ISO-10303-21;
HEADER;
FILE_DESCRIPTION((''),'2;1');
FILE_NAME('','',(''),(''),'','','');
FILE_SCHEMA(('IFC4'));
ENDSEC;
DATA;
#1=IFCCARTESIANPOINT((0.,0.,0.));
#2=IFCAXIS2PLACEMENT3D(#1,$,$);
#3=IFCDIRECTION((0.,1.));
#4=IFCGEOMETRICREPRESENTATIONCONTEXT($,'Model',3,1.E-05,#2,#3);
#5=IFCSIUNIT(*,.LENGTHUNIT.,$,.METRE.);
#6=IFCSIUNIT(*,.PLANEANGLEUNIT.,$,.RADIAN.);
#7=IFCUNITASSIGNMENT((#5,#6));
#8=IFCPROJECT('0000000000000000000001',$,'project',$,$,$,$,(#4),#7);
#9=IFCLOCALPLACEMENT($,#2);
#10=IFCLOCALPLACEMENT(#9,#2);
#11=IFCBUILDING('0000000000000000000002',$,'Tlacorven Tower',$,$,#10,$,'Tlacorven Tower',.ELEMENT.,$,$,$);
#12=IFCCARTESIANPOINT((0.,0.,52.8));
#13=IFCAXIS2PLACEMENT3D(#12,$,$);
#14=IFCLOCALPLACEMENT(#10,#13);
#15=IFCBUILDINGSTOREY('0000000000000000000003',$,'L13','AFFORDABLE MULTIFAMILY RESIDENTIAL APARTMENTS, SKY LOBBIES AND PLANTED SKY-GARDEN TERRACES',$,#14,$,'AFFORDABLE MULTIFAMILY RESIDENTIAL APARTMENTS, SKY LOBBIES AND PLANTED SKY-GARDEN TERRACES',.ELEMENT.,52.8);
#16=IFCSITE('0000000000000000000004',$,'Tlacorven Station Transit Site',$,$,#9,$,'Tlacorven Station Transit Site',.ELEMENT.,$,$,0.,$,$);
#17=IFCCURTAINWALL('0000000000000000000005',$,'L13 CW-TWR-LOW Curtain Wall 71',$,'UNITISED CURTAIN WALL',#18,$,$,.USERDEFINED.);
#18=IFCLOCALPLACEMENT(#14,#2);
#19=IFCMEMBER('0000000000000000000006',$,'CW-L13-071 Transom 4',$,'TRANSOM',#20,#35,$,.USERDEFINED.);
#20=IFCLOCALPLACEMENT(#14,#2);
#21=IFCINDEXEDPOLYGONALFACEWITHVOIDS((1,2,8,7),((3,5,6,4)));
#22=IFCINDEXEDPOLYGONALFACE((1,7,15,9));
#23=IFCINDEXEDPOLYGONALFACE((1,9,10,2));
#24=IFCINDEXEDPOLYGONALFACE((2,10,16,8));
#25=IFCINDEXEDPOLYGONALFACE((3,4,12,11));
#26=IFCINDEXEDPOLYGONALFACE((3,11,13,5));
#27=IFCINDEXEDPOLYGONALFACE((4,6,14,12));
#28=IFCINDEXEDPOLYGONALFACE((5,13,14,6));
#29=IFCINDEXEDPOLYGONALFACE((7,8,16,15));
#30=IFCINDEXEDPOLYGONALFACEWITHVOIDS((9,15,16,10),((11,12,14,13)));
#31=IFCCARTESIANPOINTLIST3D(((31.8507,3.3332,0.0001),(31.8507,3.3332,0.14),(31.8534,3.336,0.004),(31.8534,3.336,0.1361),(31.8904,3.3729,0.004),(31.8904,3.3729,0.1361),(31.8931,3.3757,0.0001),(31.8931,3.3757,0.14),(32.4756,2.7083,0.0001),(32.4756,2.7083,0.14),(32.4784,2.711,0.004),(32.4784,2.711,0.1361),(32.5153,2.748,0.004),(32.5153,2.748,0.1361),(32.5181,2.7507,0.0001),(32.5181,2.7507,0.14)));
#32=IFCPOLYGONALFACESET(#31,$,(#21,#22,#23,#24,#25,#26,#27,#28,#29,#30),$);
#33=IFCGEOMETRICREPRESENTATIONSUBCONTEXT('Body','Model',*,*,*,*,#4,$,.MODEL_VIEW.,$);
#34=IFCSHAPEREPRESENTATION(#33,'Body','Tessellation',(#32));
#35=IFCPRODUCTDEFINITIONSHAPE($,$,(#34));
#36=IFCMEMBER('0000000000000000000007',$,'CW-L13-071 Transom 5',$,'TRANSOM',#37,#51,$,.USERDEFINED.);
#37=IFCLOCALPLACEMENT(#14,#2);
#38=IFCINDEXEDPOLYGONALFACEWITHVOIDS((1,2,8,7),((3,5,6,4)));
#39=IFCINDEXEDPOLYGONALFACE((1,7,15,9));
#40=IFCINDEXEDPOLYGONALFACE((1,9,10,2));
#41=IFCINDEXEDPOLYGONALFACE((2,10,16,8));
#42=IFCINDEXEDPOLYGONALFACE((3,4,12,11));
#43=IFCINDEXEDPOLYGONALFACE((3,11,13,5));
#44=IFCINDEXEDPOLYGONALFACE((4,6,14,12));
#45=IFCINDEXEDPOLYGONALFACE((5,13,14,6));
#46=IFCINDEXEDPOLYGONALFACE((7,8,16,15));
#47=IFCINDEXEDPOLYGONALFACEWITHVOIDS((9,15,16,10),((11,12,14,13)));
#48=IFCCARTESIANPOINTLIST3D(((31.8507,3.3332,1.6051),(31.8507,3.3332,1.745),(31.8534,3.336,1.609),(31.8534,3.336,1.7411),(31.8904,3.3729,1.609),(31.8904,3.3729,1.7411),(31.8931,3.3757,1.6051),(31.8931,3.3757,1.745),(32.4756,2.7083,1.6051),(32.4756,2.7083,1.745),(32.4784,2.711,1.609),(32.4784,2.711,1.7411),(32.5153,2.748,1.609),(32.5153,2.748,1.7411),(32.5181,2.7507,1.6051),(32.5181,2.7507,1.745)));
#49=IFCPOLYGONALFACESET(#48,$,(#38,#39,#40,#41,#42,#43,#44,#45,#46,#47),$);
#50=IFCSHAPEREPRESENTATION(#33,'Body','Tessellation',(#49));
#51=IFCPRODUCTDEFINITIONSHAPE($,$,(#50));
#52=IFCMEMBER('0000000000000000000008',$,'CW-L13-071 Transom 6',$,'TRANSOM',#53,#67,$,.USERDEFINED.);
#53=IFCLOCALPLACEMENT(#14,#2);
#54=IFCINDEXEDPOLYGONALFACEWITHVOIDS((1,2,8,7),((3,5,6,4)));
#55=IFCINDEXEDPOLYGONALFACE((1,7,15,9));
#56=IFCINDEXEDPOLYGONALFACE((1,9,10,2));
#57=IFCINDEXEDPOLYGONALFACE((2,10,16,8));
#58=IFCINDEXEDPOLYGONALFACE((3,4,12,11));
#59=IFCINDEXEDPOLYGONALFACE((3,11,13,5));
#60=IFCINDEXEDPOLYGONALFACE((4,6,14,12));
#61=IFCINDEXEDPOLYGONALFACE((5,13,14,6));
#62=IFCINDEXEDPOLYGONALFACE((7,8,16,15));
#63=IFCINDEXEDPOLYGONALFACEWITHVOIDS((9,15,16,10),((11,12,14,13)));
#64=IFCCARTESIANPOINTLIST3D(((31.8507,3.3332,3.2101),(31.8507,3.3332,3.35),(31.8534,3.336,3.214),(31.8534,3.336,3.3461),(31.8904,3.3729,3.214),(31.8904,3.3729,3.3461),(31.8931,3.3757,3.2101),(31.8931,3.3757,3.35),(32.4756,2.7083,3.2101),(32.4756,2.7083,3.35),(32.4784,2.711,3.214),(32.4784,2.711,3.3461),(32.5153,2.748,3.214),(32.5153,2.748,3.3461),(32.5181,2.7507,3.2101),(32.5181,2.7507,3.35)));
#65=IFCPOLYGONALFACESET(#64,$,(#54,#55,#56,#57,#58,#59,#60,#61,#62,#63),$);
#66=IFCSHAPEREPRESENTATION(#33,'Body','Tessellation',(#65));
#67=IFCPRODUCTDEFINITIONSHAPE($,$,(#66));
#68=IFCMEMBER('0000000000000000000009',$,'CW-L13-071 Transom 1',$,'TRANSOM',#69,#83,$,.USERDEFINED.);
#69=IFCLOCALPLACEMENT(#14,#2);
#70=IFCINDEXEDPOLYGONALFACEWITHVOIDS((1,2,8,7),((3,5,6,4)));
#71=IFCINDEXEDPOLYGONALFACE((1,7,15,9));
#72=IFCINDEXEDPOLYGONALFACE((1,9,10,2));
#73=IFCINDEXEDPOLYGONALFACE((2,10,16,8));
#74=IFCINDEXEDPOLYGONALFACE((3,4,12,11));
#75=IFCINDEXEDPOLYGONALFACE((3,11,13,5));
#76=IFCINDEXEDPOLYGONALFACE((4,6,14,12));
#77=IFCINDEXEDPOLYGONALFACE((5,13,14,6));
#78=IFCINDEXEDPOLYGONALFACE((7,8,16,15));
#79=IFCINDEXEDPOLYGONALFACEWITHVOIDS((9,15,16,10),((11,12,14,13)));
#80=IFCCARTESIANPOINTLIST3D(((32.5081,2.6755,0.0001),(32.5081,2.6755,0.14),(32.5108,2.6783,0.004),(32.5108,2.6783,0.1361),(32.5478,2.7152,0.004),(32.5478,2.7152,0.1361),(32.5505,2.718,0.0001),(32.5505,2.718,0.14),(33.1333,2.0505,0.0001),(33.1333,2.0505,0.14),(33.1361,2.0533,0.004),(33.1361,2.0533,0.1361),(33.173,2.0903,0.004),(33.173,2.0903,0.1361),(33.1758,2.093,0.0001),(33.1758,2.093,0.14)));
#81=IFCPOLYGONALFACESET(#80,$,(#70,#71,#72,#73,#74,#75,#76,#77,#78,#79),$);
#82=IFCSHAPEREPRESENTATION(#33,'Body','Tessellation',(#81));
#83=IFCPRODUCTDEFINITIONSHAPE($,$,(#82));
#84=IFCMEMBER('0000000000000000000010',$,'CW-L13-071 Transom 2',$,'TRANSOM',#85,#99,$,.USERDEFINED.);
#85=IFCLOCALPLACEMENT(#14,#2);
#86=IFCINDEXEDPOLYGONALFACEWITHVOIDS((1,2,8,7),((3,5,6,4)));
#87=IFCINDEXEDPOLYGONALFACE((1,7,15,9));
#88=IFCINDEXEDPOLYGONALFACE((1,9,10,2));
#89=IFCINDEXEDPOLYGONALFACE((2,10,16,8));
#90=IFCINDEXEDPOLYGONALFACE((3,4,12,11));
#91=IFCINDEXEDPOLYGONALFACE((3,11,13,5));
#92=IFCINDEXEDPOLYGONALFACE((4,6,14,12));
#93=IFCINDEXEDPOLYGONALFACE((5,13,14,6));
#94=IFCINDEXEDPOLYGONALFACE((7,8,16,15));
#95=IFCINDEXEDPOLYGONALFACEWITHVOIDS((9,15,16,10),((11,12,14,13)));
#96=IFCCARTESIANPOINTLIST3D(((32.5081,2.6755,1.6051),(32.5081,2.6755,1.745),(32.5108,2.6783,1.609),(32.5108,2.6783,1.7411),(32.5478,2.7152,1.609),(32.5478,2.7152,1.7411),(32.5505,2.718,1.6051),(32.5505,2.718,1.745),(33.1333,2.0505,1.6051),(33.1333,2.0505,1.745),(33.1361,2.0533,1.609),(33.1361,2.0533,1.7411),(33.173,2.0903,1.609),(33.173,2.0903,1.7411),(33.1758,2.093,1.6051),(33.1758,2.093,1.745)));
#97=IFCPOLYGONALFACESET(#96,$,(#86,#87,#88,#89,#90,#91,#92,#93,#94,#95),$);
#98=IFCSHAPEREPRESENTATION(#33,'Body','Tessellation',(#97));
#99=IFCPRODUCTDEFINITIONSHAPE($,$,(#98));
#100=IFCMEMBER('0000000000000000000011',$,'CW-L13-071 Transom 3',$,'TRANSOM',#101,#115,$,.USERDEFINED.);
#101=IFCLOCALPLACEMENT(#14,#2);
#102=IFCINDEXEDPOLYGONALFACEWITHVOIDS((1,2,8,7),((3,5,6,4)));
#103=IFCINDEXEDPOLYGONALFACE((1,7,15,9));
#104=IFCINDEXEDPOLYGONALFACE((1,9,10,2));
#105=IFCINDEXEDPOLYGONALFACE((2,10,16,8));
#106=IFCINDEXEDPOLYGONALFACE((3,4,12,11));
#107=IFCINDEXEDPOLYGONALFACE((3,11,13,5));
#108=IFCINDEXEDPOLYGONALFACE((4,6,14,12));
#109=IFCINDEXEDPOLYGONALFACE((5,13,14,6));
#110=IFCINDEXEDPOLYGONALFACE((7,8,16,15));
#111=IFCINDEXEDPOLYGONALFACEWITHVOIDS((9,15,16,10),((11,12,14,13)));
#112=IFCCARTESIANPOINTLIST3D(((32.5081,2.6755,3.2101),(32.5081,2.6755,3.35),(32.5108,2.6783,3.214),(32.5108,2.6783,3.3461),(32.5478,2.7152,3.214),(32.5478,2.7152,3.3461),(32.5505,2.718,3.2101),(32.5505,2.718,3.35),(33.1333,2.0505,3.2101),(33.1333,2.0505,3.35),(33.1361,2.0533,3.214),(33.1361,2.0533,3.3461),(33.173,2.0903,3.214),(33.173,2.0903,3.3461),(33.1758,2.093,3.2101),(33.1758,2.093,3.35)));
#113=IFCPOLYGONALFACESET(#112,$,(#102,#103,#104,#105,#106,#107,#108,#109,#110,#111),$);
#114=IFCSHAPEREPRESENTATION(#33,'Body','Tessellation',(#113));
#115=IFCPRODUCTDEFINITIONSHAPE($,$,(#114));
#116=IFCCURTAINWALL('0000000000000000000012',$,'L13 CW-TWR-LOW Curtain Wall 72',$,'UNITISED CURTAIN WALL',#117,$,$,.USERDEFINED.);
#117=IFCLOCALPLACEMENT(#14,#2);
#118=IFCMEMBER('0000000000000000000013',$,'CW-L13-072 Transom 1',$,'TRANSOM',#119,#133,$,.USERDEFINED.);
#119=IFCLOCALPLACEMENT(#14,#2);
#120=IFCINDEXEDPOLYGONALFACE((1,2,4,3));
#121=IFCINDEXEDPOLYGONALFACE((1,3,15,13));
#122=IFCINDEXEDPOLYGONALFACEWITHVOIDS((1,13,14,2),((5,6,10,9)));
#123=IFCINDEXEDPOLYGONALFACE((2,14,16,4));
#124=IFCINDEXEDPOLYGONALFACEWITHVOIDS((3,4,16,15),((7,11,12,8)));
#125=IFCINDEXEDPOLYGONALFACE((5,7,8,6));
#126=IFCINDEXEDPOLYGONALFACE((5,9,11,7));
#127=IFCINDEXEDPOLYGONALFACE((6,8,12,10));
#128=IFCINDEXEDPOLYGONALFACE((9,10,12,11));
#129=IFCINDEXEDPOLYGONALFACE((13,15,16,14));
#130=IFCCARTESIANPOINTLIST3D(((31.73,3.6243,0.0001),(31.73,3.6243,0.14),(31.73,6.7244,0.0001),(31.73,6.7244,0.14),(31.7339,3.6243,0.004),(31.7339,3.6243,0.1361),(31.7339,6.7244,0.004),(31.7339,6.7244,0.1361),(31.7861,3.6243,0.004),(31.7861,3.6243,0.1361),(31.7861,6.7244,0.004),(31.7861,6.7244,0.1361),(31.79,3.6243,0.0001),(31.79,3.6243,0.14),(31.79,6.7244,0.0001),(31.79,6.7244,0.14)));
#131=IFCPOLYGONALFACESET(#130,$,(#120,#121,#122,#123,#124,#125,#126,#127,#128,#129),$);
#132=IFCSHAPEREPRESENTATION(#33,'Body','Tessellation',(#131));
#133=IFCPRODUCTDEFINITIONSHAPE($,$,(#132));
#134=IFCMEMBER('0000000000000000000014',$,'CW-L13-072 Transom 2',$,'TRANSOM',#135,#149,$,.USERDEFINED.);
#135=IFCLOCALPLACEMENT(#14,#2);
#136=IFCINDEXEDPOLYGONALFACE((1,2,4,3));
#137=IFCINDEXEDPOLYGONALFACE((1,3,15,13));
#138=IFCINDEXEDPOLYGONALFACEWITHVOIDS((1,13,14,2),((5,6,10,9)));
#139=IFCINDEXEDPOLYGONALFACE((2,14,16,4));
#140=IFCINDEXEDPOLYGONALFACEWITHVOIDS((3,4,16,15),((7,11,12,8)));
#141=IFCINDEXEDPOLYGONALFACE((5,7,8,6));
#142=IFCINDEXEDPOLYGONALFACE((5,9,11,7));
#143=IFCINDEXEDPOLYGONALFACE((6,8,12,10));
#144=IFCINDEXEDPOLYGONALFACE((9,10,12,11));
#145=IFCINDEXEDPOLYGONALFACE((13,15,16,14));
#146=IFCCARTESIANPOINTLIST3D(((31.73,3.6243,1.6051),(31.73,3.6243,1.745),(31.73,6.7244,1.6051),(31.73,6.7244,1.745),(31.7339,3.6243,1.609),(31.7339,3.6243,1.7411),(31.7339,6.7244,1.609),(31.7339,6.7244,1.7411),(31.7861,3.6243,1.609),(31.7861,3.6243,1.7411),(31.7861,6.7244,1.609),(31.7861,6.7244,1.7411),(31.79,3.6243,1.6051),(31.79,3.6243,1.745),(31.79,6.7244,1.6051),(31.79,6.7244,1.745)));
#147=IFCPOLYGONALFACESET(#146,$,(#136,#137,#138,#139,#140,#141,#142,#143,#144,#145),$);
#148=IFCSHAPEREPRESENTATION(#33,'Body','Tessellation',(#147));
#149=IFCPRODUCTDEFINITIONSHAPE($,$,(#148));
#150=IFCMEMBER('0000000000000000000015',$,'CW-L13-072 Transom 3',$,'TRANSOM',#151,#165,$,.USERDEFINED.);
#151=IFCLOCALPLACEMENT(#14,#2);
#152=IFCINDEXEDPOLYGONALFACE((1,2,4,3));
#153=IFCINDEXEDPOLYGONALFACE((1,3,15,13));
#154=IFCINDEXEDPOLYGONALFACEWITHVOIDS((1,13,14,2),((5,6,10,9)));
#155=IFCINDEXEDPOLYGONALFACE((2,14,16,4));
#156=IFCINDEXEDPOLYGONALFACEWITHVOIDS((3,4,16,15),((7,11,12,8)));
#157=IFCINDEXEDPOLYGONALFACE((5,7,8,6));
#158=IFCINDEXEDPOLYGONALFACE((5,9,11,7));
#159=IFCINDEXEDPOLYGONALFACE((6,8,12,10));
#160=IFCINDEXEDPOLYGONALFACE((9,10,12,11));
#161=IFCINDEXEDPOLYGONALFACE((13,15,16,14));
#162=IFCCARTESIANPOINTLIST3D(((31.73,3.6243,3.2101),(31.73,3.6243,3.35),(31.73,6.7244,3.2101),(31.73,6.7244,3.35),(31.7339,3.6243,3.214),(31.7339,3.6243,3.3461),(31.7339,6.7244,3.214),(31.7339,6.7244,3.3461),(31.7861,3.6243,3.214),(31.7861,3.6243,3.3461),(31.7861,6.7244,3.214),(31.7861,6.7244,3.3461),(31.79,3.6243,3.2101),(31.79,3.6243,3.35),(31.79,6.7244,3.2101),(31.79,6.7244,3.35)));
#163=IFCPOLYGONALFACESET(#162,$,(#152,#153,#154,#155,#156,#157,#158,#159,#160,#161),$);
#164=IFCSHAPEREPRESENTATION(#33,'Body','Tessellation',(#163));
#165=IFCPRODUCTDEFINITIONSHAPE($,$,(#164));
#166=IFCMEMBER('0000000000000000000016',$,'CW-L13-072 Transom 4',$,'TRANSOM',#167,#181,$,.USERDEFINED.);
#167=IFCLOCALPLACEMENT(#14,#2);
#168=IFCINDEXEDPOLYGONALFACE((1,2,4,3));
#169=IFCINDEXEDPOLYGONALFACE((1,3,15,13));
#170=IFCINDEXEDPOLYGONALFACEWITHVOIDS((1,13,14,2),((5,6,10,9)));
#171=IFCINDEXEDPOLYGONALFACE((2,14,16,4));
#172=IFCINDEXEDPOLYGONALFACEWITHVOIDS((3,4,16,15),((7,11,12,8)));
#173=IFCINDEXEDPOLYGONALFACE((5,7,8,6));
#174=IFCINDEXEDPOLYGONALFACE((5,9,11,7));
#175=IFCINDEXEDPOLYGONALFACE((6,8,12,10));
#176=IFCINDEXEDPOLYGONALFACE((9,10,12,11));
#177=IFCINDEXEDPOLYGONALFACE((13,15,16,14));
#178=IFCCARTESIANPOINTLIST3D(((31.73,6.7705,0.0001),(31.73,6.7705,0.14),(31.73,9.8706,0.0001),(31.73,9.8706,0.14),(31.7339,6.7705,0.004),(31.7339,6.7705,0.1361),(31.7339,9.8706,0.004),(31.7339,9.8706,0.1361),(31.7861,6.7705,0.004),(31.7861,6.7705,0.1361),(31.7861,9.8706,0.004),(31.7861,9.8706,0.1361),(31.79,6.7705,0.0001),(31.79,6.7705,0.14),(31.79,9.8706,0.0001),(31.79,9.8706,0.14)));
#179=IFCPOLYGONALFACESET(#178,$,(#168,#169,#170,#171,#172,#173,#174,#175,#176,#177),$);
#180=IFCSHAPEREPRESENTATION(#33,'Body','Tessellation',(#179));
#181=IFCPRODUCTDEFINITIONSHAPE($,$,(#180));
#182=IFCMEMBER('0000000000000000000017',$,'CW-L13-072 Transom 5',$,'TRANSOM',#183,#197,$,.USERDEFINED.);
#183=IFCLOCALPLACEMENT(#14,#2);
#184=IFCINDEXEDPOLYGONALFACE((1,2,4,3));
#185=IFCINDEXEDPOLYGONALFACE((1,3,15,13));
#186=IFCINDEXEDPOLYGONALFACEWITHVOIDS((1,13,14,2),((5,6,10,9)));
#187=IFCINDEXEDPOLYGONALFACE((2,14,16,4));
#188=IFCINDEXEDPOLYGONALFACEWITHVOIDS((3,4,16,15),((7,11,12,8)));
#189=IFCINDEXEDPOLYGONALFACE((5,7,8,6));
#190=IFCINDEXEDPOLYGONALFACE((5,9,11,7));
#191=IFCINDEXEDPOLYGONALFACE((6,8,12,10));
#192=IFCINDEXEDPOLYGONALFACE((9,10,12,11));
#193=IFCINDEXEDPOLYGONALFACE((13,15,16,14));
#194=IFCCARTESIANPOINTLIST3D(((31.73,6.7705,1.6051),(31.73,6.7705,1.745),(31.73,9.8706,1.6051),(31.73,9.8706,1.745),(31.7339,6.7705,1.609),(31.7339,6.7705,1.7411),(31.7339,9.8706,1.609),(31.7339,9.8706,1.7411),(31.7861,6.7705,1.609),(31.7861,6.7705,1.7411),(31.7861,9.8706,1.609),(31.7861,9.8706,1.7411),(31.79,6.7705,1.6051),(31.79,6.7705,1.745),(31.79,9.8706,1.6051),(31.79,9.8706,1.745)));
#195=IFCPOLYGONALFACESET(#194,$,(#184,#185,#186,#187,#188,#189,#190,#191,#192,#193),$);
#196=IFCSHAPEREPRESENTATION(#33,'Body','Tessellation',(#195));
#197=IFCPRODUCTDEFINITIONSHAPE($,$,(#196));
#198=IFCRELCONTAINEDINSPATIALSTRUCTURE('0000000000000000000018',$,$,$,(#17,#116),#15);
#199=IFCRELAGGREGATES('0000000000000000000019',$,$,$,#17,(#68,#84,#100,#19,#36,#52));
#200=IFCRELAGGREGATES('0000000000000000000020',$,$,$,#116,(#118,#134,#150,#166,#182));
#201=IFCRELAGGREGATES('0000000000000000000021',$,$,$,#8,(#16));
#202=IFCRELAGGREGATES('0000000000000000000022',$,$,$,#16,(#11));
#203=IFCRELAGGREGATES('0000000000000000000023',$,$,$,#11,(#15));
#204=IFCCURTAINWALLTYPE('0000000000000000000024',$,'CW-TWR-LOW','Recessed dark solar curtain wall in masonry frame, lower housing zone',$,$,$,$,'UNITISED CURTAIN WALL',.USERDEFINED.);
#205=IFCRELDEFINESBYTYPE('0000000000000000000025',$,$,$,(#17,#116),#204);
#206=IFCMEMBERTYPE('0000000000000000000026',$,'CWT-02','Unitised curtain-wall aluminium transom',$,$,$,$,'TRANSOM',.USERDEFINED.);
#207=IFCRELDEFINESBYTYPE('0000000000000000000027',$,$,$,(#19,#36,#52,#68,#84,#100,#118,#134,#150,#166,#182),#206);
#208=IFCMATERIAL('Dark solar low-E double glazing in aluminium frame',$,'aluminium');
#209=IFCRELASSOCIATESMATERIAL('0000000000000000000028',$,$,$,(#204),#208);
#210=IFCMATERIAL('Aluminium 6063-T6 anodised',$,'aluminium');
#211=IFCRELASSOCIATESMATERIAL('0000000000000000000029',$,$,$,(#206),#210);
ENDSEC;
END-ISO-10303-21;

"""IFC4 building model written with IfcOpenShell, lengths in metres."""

from ifc_helpers import new_model, si_unit, direction, frame, origin, origin_2d, place, context, subcontext, project, spatial, hollow_rectangle, extrude, source, transform, mapped, material, material_profile, profile_set, type_object, element, aggregate, save


model = new_model("IFC4")

# Units and contexts
model_context = context("Model", 3, precision=1e-05, world=origin(), true_north=direction((0.0, 1.0)))
body_context = subcontext(model_context, "Body", "Model", "MODEL_VIEW")
ifc_project = project(units=[si_unit("LENGTHUNIT", "METRE"), si_unit("PLANEANGLEUNIT", "RADIAN")], contexts=[model_context])

# Site, building, storey
site_placement = place(None, origin())
site = spatial("IfcSite", under=ifc_project, at=site_placement, Name="Tlacorven Station Transit Site", LongName="Tlacorven Station Transit Site", CompositionType="ELEMENT", RefElevation=0.0)
building_placement = place(site_placement, origin())
building = spatial("IfcBuilding", under=site, at=building_placement, Name="Tlacorven Tower", LongName="Tlacorven Tower", CompositionType="ELEMENT")
storey_placement = place(building_placement, frame((0.0, 0.0, 52.8)))
storey = spatial("IfcBuildingStorey", under=building, at=storey_placement, Name="L13", Description="AFFORDABLE MULTIFAMILY RESIDENTIAL APARTMENTS, SKY LOBBIES AND PLANTED SKY-GARDEN TERRACES", LongName="AFFORDABLE MULTIFAMILY RESIDENTIAL APARTMENTS, SKY LOBBIES AND PLANTED SKY-GARDEN TERRACES", CompositionType="ELEMENT", Elevation=52.8)

# Curtain walls, members
ifc_material_1 = material(Name="Dark solar low-E double glazing in aluminium frame", Category="aluminium")
curtain_wall_type = type_object("IfcCurtainWallType", Name="CW-TWR-LOW", Description="Recessed dark solar curtain wall in masonry frame, lower housing zone", ElementType="UNITISED CURTAIN WALL", PredefinedType="USERDEFINED", material=ifc_material_1)
curtain_wall_1_placement = place(storey_placement, origin())
curtain_wall_1 = element("IfcCurtainWall", 1, at=curtain_wall_1_placement, inside=storey, type_object=curtain_wall_type, Name="L13 CW-TWR-LOW Curtain Wall 71", ObjectType="UNITISED CURTAIN WALL", PredefinedType="USERDEFINED")
ifc_material_2 = material(Name="Aluminium 6063-T6 anodised", Category="aluminium")
ifc_material_profile_1 = material_profile(ifc_material_2, hollow_rectangle(XDim=0.0601, YDim=0.1399, WallThickness=0.0039, at=origin_2d()), Name="ALU TRANSOM 60X140")
ifc_profile_set_1 = profile_set([ifc_material_profile_1], Name="Aluminium 6063-T6 anodised")
member_type_1 = type_object("IfcMemberType", Name="CWT-02", Description="Unitised curtain-wall aluminium transom", ElementType="TRANSOM", PredefinedType="USERDEFINED", material=ifc_profile_set_1)
shared_shape_1 = source(origin(), body_context, "Body", "SweptSolid", [
    extrude(hollow_rectangle(XDim=0.0601, YDim=0.1399, WallThickness=0.0039, at=origin_2d()), origin(), (0.0, 0.0, 1.0), 0.8838),
])
member_1_placement = place(storey_placement, frame((32.4968, 2.7295, 0.0701), z_axis=(-0.707107, 0.707107, 0.0), x_axis=(-0.707107, -0.707107, 0.0)))
member_1 = element("IfcMember", 2, at=member_1_placement, type_object=member_type_1, Name="CW-L13-071 Transom 4", ObjectType="TRANSOM", PredefinedType="USERDEFINED", context=body_context, shape_type="MappedRepresentation", body=[
    mapped(shared_shape_1, transform((0.0, 0.0, 0.0), scale=1.0)),
])
member_2_placement = place(storey_placement, frame((32.4968, 2.7295, 1.675), z_axis=(-0.707107, 0.707107, 0.0), x_axis=(-0.707107, -0.707107, 0.0)))
member_2 = element("IfcMember", 3, at=member_2_placement, type_object=member_type_1, Name="CW-L13-071 Transom 5", ObjectType="TRANSOM", PredefinedType="USERDEFINED", context=body_context, shape_type="MappedRepresentation", body=[
    mapped(shared_shape_1, transform((0.0, 0.0, 0.0), scale=1.0)),
])
member_3_placement = place(storey_placement, frame((32.4968, 2.7295, 3.28), z_axis=(-0.707107, 0.707107, 0.0), x_axis=(-0.707107, -0.707107, 0.0)))
member_3 = element("IfcMember", 4, at=member_3_placement, type_object=member_type_1, Name="CW-L13-071 Transom 6", ObjectType="TRANSOM", PredefinedType="USERDEFINED", context=body_context, shape_type="MappedRepresentation", body=[
    mapped(shared_shape_1, transform((0.0, 0.0, 0.0), scale=1.0)),
])
shared_shape_2 = source(origin(), body_context, "Body", "SweptSolid", [
    extrude(hollow_rectangle(XDim=0.0601, YDim=0.1399, WallThickness=0.0039, at=origin_2d()), origin(), (0.0, 0.0, 1.0), 0.884),
])
member_4_placement = place(storey_placement, frame((33.1545, 2.0718, 0.0701), z_axis=(-0.707245, 0.706969, 0.0), x_axis=(-0.706969, -0.707245, 0.0)))
member_4 = element("IfcMember", 5, at=member_4_placement, type_object=member_type_1, Name="CW-L13-071 Transom 1", ObjectType="TRANSOM", PredefinedType="USERDEFINED", context=body_context, shape_type="MappedRepresentation", body=[
    mapped(shared_shape_2, transform((0.0, 0.0, 0.0), scale=1.0)),
])
member_5_placement = place(storey_placement, frame((33.1545, 2.0718, 1.675), z_axis=(-0.707245, 0.706969, 0.0), x_axis=(-0.706969, -0.707245, 0.0)))
member_5 = element("IfcMember", 6, at=member_5_placement, type_object=member_type_1, Name="CW-L13-071 Transom 2", ObjectType="TRANSOM", PredefinedType="USERDEFINED", context=body_context, shape_type="MappedRepresentation", body=[
    mapped(shared_shape_2, transform((0.0, 0.0, 0.0), scale=1.0)),
])
member_6_placement = place(storey_placement, frame((33.1545, 2.0718, 3.28), z_axis=(-0.707245, 0.706969, 0.0), x_axis=(-0.706969, -0.707245, 0.0)))
member_6 = element("IfcMember", 7, at=member_6_placement, type_object=member_type_1, Name="CW-L13-071 Transom 3", ObjectType="TRANSOM", PredefinedType="USERDEFINED", context=body_context, shape_type="MappedRepresentation", body=[
    mapped(shared_shape_2, transform((0.0, 0.0, 0.0), scale=1.0)),
])
curtain_wall_2_placement = place(storey_placement, origin())
curtain_wall_2 = element("IfcCurtainWall", 8, at=curtain_wall_2_placement, inside=storey, type_object=curtain_wall_type, Name="L13 CW-TWR-LOW Curtain Wall 72", ObjectType="UNITISED CURTAIN WALL", PredefinedType="USERDEFINED")
shared_shape_3 = source(origin(), body_context, "Body", "SweptSolid", [
    extrude(hollow_rectangle(XDim=0.0601, YDim=0.1399, WallThickness=0.0039, at=origin_2d()), origin(), (0.0, 0.0, 1.0), 3.1001),
])
member_7_placement = place(storey_placement, frame((31.76, 3.6243, 0.0701), z_axis=(0.0, 1.0, 0.0), x_axis=(-1.0, 0.0, 0.0)))
member_7 = element("IfcMember", 9, at=member_7_placement, type_object=member_type_1, Name="CW-L13-072 Transom 1", ObjectType="TRANSOM", PredefinedType="USERDEFINED", context=body_context, shape_type="MappedRepresentation", body=[
    mapped(shared_shape_3, transform((0.0, 0.0, 0.0), scale=1.0)),
])
member_8_placement = place(storey_placement, frame((31.76, 3.6243, 1.675), z_axis=(0.0, 1.0, 0.0), x_axis=(-1.0, 0.0, 0.0)))
member_8 = element("IfcMember", 10, at=member_8_placement, type_object=member_type_1, Name="CW-L13-072 Transom 2", ObjectType="TRANSOM", PredefinedType="USERDEFINED", context=body_context, shape_type="MappedRepresentation", body=[
    mapped(shared_shape_3, transform((0.0, 0.0, 0.0), scale=1.0)),
])
member_9_placement = place(storey_placement, frame((31.76, 3.6243, 3.28), z_axis=(0.0, 1.0, 0.0), x_axis=(-1.0, 0.0, 0.0)))
member_9 = element("IfcMember", 11, at=member_9_placement, type_object=member_type_1, Name="CW-L13-072 Transom 3", ObjectType="TRANSOM", PredefinedType="USERDEFINED", context=body_context, shape_type="MappedRepresentation", body=[
    mapped(shared_shape_3, transform((0.0, 0.0, 0.0), scale=1.0)),
])
member_10_placement = place(storey_placement, frame((31.76, 6.7705, 0.0701), z_axis=(0.0, 1.0, 0.0), x_axis=(-1.0, 0.0, 0.0)))
member_10 = element("IfcMember", 12, at=member_10_placement, type_object=member_type_1, Name="CW-L13-072 Transom 4", ObjectType="TRANSOM", PredefinedType="USERDEFINED", context=body_context, shape_type="MappedRepresentation", body=[
    mapped(shared_shape_3, transform((0.0, 0.0, 0.0), scale=1.0)),
])
member_11_placement = place(storey_placement, frame((31.76, 6.7705, 1.675), z_axis=(0.0, 1.0, 0.0), x_axis=(-1.0, 0.0, 0.0)))
member_11 = element("IfcMember", 13, at=member_11_placement, type_object=member_type_1, Name="CW-L13-072 Transom 5", ObjectType="TRANSOM", PredefinedType="USERDEFINED", context=body_context, shape_type="MappedRepresentation", body=[
    mapped(shared_shape_3, transform((0.0, 0.0, 0.0), scale=1.0)),
])

aggregate(curtain_wall_1, [member_4, member_5, member_6, member_1, member_2, member_3])
aggregate(curtain_wall_2, [member_7, member_8, member_9, member_10, member_11])

save(model, "model.ifc")
